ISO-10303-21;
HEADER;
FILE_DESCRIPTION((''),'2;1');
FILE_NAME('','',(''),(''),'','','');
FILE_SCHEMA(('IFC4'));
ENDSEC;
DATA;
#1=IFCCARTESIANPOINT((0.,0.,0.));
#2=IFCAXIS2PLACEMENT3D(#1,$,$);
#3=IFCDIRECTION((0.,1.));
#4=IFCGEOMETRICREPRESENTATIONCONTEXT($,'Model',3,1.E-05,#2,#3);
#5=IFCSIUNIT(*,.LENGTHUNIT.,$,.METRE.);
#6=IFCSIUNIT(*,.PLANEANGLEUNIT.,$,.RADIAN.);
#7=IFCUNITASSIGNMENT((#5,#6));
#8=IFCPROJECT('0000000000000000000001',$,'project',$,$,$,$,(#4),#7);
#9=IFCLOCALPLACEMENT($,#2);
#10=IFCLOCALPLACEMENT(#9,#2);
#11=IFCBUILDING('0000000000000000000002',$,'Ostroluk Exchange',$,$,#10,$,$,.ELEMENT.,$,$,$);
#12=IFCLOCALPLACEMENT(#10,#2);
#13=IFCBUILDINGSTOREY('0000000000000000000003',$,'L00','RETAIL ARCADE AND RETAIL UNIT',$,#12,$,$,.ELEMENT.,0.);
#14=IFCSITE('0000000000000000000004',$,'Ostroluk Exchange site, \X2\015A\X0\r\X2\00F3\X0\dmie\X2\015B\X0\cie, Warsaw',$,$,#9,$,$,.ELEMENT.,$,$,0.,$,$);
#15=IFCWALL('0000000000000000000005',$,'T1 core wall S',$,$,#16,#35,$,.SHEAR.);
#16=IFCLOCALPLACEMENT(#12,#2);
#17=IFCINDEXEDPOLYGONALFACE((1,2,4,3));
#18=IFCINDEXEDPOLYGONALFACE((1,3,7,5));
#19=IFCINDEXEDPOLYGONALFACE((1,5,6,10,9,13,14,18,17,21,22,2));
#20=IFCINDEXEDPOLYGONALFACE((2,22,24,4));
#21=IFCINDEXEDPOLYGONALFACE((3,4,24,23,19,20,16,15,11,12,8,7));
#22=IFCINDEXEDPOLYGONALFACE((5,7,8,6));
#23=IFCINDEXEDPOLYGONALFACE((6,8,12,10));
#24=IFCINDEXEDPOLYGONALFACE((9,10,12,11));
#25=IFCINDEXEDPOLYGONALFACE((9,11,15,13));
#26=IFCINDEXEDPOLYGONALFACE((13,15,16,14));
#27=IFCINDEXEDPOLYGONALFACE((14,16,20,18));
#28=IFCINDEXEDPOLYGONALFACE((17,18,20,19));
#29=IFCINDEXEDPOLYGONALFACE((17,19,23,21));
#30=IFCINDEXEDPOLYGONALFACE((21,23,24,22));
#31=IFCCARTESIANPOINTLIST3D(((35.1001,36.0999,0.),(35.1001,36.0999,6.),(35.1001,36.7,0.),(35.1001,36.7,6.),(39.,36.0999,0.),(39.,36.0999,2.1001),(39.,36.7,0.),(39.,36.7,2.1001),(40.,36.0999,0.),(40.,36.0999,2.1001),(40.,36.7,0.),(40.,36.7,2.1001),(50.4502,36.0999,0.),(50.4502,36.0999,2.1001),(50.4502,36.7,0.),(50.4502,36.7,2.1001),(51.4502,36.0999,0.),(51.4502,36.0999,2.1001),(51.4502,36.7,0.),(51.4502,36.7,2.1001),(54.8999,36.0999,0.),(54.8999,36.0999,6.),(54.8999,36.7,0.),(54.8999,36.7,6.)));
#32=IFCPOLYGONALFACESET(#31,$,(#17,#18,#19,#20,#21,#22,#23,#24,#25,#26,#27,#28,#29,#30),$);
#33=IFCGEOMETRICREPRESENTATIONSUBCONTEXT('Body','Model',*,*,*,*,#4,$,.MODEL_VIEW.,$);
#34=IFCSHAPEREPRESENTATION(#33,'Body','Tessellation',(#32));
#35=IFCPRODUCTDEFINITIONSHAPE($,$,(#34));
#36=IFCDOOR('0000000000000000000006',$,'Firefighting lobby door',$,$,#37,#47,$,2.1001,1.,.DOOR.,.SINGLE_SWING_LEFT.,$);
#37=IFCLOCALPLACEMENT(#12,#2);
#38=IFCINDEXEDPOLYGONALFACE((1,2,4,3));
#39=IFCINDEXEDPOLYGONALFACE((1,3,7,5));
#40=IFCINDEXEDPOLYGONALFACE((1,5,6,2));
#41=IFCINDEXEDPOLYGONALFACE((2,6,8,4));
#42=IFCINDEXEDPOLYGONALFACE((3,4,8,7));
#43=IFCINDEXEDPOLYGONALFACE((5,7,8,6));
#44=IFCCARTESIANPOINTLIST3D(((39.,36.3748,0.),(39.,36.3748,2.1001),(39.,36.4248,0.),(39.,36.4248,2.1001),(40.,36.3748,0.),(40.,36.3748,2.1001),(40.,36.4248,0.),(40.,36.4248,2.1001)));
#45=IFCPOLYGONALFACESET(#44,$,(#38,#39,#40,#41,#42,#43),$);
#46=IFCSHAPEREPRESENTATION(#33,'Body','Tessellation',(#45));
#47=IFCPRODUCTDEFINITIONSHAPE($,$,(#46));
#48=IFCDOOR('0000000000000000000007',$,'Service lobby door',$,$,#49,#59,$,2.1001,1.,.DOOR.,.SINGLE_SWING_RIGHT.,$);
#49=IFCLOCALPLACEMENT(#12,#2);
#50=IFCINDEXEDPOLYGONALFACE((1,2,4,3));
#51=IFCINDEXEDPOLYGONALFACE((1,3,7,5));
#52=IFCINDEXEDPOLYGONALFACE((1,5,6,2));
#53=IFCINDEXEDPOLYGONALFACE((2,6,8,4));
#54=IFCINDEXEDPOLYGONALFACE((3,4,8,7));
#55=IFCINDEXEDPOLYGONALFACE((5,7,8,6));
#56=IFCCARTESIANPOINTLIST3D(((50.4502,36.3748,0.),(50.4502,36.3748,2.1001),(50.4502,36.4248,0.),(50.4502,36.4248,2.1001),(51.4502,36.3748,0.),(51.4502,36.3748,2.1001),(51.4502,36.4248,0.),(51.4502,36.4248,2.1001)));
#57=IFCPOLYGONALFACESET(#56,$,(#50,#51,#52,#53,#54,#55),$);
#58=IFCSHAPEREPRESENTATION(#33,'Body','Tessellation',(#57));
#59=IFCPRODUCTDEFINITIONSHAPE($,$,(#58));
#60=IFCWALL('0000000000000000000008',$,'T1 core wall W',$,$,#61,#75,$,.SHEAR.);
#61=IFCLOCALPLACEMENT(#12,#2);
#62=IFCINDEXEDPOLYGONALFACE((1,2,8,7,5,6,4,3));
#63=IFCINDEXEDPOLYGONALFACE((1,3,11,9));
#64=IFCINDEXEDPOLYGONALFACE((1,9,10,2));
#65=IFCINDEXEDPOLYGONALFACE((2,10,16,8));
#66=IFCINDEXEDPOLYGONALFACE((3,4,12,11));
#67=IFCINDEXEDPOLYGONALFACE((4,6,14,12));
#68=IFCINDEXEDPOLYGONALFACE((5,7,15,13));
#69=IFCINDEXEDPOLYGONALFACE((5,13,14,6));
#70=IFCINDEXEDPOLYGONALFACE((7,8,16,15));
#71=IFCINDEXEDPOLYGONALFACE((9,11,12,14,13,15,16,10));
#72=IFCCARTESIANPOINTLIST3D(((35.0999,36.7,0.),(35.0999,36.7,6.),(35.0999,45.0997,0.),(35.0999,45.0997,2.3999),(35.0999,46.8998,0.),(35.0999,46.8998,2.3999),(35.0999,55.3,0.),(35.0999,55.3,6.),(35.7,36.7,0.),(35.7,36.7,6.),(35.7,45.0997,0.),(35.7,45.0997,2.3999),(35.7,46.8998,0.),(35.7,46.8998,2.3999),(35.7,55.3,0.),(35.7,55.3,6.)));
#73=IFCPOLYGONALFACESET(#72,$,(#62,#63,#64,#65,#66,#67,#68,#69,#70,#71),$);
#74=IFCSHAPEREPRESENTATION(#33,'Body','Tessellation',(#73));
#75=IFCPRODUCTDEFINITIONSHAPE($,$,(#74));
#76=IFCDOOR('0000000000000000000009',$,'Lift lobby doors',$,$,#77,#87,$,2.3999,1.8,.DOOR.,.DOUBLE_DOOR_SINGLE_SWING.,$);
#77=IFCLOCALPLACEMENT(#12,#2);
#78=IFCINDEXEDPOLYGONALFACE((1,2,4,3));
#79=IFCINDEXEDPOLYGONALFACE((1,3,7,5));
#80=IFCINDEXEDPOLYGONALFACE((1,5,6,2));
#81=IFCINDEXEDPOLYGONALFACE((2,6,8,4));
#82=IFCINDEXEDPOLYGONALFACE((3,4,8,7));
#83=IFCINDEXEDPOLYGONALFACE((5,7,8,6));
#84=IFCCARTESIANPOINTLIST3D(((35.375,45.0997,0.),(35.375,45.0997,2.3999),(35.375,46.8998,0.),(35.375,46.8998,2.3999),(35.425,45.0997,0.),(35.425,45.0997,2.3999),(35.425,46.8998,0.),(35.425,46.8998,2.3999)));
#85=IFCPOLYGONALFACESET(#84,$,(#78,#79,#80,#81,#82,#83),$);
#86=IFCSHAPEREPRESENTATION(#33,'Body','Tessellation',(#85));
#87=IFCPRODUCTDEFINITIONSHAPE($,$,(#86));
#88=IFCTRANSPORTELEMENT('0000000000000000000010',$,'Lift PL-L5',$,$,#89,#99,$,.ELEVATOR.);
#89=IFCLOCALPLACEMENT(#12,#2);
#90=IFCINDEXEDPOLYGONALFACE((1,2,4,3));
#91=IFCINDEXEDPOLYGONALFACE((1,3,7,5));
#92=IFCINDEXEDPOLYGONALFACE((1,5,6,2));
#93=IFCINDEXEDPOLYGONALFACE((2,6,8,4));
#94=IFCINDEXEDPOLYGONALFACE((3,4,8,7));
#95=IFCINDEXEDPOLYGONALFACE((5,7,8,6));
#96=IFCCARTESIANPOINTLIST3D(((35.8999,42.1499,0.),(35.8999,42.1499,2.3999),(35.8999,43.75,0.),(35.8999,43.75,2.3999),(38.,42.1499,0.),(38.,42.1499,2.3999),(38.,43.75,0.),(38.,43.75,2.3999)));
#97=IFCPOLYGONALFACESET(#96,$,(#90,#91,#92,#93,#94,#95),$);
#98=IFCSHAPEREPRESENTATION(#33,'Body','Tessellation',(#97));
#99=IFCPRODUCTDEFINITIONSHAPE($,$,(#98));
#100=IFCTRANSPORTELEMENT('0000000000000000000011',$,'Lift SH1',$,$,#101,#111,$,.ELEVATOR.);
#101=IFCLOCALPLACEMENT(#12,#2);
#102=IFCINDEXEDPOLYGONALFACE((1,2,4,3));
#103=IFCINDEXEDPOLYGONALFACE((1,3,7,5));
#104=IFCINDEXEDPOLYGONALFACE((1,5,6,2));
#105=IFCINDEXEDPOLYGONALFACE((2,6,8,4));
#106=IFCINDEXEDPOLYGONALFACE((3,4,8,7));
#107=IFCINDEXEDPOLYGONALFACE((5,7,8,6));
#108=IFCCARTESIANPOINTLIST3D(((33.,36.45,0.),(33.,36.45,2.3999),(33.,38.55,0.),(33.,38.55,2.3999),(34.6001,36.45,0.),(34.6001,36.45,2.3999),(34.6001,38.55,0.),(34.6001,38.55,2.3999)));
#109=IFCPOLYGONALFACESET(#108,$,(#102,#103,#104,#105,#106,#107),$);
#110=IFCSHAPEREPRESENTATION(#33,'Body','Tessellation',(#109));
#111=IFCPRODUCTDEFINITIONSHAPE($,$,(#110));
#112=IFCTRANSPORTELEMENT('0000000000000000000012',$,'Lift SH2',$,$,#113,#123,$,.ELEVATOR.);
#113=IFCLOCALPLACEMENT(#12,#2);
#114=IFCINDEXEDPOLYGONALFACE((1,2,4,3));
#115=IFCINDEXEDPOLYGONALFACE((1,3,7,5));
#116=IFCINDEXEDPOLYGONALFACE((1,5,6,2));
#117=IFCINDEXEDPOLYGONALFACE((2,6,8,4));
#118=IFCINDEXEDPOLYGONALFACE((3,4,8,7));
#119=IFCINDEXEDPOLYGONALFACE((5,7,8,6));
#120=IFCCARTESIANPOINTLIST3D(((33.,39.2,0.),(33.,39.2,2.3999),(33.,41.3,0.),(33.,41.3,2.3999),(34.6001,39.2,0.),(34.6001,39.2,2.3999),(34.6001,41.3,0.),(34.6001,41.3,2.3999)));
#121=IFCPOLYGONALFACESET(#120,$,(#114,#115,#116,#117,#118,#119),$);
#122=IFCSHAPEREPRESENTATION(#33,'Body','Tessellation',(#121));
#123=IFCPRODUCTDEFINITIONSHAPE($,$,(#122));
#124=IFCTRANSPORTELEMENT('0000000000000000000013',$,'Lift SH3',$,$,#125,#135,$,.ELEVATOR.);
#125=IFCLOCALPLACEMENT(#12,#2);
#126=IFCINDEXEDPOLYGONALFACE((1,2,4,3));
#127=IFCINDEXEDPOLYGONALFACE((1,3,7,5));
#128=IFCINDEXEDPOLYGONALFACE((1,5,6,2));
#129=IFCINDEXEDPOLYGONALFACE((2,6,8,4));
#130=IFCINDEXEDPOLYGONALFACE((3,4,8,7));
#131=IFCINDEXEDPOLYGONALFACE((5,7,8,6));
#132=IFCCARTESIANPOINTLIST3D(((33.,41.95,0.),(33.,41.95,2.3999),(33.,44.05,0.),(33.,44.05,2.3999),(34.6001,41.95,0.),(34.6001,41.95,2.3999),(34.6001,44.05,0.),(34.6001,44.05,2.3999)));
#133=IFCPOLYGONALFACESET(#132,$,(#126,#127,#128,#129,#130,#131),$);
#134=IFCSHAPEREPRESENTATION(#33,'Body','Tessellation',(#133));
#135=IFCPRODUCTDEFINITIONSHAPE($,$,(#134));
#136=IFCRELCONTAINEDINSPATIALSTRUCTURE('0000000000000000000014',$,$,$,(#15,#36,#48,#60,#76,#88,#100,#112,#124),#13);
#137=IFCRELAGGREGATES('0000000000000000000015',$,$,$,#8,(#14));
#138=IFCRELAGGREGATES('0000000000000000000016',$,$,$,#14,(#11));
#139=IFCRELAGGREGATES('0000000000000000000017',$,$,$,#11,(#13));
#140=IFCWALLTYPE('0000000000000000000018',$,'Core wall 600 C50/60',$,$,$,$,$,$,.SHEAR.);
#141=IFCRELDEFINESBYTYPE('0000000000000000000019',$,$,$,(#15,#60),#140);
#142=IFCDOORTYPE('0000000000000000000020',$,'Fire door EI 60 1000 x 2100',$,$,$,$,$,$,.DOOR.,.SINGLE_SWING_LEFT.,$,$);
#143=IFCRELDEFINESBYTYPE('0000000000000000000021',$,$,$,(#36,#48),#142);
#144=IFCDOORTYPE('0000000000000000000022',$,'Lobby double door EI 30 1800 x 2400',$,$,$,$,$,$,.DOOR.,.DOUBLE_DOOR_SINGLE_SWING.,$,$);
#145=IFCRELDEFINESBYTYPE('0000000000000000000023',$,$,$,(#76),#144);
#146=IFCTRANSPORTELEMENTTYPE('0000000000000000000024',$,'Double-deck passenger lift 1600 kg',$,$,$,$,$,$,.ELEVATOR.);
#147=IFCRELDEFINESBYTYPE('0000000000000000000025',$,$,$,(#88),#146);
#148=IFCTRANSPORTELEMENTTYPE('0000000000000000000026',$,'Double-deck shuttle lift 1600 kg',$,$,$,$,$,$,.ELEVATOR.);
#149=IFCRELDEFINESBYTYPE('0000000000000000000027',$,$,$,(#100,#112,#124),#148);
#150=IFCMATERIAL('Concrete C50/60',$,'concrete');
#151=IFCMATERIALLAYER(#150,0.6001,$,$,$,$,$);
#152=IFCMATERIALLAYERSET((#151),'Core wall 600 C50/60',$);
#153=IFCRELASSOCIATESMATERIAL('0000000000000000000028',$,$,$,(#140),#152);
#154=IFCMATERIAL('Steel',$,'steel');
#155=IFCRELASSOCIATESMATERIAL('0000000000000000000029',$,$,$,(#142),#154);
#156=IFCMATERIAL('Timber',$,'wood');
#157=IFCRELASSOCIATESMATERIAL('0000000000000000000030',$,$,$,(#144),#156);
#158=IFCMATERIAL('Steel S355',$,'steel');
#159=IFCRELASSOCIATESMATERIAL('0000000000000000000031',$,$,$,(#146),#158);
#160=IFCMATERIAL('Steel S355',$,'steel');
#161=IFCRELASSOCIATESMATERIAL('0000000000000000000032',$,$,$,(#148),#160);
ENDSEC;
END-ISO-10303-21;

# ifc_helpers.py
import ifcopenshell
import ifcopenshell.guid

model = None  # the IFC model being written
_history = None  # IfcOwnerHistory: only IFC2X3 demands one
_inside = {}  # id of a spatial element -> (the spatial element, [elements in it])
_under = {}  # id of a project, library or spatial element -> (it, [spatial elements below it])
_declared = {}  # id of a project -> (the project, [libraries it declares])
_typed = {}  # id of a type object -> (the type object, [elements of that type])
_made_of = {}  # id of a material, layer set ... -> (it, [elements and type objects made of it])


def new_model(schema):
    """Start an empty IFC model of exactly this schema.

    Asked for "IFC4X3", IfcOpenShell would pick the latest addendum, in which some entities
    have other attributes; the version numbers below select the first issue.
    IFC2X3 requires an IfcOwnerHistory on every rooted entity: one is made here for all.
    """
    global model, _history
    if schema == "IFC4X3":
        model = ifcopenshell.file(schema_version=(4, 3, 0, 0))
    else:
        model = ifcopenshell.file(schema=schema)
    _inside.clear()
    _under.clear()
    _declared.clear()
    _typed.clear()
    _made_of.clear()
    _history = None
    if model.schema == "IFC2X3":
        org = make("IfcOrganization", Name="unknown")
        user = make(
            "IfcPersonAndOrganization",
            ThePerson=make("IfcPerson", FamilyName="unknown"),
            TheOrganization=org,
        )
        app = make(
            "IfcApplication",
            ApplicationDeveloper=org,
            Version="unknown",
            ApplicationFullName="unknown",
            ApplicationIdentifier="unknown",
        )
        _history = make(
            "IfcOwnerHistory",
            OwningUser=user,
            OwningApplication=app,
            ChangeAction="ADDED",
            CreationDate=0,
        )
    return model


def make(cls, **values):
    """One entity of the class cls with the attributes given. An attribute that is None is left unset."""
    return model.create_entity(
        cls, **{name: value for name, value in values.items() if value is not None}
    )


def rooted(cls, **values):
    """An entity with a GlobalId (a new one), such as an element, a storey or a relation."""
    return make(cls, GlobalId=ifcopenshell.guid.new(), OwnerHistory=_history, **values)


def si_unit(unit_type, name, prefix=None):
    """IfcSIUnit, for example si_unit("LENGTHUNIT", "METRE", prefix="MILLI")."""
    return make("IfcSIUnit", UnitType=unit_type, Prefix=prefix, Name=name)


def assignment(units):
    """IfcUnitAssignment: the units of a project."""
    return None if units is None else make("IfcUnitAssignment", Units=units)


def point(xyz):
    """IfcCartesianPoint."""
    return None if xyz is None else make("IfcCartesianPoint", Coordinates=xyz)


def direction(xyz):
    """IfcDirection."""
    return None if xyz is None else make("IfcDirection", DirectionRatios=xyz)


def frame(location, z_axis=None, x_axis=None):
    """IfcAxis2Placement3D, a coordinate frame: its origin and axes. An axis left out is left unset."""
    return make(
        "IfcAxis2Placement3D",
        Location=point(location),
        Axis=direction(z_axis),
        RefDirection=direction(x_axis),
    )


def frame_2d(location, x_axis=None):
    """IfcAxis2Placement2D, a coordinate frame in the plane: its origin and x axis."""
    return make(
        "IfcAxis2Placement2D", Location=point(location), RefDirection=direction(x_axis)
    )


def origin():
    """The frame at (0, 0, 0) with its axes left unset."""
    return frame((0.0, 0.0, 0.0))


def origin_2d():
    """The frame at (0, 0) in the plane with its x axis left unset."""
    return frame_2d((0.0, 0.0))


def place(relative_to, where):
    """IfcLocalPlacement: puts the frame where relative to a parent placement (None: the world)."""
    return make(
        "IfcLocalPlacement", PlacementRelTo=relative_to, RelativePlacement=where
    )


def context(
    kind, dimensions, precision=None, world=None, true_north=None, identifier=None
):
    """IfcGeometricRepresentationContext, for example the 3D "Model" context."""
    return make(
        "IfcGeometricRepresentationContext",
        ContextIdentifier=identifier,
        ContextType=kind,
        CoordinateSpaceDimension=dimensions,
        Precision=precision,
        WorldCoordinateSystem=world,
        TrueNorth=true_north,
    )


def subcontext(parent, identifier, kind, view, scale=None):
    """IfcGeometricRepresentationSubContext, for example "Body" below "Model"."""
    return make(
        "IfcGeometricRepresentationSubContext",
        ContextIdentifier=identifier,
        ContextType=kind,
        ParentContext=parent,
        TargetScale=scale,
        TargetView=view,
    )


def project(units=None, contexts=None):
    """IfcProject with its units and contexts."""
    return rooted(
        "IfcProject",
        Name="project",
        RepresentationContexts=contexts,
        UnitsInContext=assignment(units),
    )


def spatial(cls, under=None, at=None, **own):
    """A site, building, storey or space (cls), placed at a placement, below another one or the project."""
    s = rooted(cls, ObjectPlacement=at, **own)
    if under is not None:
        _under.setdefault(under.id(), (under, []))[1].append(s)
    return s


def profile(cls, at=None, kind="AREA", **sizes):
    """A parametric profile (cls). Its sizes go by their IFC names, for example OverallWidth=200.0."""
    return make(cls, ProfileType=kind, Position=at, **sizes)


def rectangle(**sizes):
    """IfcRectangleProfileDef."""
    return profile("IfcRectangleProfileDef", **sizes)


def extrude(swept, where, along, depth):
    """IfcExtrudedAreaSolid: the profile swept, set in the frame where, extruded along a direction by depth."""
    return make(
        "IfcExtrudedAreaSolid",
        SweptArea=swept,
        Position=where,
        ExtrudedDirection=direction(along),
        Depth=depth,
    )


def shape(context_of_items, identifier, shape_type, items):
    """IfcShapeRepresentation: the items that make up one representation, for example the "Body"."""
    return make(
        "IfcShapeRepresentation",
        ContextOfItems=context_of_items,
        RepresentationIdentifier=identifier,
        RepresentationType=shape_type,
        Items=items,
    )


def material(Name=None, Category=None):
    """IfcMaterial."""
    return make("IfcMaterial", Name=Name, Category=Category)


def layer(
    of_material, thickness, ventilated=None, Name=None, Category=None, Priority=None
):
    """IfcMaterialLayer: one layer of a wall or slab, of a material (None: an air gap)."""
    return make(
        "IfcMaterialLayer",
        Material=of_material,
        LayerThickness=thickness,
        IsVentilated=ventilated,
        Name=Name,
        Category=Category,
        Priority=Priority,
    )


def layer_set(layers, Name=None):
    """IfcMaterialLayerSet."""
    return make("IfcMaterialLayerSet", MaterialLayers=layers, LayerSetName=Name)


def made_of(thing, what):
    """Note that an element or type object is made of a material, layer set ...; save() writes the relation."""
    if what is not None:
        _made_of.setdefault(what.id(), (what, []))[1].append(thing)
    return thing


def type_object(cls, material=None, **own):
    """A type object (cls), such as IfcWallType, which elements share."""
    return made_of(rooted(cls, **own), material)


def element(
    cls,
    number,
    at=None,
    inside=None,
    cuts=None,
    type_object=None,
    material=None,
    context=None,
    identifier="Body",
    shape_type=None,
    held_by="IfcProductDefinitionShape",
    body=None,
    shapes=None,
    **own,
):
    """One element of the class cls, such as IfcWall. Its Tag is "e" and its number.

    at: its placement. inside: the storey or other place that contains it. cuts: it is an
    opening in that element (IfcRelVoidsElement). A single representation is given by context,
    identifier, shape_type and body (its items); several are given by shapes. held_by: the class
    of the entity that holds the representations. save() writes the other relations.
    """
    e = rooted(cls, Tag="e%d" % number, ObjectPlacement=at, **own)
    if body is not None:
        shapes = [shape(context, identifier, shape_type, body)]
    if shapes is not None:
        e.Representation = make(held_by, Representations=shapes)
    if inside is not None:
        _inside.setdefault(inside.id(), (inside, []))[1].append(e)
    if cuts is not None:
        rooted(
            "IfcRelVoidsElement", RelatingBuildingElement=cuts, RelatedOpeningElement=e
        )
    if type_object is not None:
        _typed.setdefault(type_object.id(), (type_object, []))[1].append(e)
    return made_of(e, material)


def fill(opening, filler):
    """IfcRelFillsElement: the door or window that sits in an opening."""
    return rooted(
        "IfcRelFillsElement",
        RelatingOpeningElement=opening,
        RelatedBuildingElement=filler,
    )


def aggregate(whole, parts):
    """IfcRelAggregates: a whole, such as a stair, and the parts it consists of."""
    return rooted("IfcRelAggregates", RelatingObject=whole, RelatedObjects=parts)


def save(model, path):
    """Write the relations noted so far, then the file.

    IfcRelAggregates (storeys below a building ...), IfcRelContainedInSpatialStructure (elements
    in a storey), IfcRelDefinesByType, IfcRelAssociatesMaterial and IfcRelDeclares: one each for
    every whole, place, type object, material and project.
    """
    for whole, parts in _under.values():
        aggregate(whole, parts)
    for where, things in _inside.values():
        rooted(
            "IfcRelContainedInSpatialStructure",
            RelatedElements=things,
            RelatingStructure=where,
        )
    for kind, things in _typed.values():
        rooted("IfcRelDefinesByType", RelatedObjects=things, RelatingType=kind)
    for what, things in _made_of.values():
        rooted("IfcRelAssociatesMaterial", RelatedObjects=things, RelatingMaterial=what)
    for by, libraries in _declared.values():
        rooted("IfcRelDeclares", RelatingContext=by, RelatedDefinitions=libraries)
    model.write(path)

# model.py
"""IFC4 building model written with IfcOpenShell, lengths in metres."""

from ifc_helpers import new_model, si_unit, direction, frame, frame_2d, origin, origin_2d, place, context, subcontext, project, spatial, rectangle, extrude, material, layer, layer_set, type_object, element, fill, save


model = new_model("IFC4")

# Units and contexts
model_context = context("Model", 3, precision=1e-05, world=origin(), true_north=direction((0.0, 1.0)))
body_context = subcontext(model_context, "Body", "Model", "MODEL_VIEW")
ifc_project = project(units=[si_unit("LENGTHUNIT", "METRE"), si_unit("PLANEANGLEUNIT", "RADIAN")], contexts=[model_context])

# Site, building, storey
site_placement = place(None, origin())
site = spatial("IfcSite", under=ifc_project, at=site_placement, Name="Ostroluk Exchange site, Śródmieście, Warsaw", CompositionType="ELEMENT", RefElevation=0.0)
building_placement = place(site_placement, origin())
building = spatial("IfcBuilding", under=site, at=building_placement, Name="Ostroluk Exchange", CompositionType="ELEMENT")
storey_placement = place(building_placement, origin())
storey = spatial("IfcBuildingStorey", under=building, at=storey_placement, Name="L00", Description="RETAIL ARCADE AND RETAIL UNIT", CompositionType="ELEMENT", Elevation=0.0)

# Wall, openings, doors
ifc_material_1 = material(Name="Concrete C50/60", Category="concrete")
ifc_layer_1 = layer(ifc_material_1, 0.6001)
ifc_layer_set_1 = layer_set([ifc_layer_1], Name="Core wall 600 C50/60")
wall_type_1 = type_object("IfcWallType", Name="Core wall 600 C50/60", PredefinedType="SHEAR", material=ifc_layer_set_1)
wall_1_placement = place(storey_placement, frame((35.1001, 36.3999, 0.0), z_axis=(0.0, 0.0, 1.0), x_axis=(1.0, 0.0, 0.0)))
wall_1 = element("IfcWall", 1, at=wall_1_placement, inside=storey, type_object=wall_type_1, Name="T1 core wall S", PredefinedType="SHEAR", context=body_context, shape_type="SweptSolid", body=[
    extrude(rectangle(XDim=19.7998, YDim=0.6001, at=frame_2d((9.8999, 0.0))), origin(), (0.0, 0.0, 1.0), 6.0),
])
opening_1_placement = place(wall_1_placement, frame((3.8999, 0.0, 0.0)))
opening_1 = element("IfcOpeningElement", 2, at=opening_1_placement, cuts=wall_1, PredefinedType="OPENING", context=body_context, shape_type="SweptSolid", body=[
    extrude(rectangle(XDim=1.0, YDim=2.1001, at=frame_2d((0.5, 1.05))), frame((0.0, 0.3101, 0.0), z_axis=(0.0, -1.0, 0.0), x_axis=(1.0, 0.0, 0.0)), (0.0, 0.0, 1.0), 0.6201),
])
opening_2_placement = place(wall_1_placement, frame((15.3501, 0.0, 0.0)))
opening_2 = element("IfcOpeningElement", 3, at=opening_2_placement, cuts=wall_1, PredefinedType="OPENING", context=body_context, shape_type="SweptSolid", body=[
    extrude(rectangle(XDim=1.0, YDim=2.1001, at=frame_2d((0.5, 1.05))), frame((0.0, 0.3101, 0.0), z_axis=(0.0, -1.0, 0.0), x_axis=(1.0, 0.0, 0.0)), (0.0, 0.0, 1.0), 0.6201),
])
ifc_material_2 = material(Name="Steel", Category="steel")
door_type_1 = type_object("IfcDoorType", Name="Fire door EI 60 1000 x 2100", OperationType="SINGLE_SWING_LEFT", PredefinedType="DOOR", material=ifc_material_2)
door_1_placement = place(opening_1_placement, origin())
door_1 = element("IfcDoor", 4, at=door_1_placement, inside=storey, type_object=door_type_1, Name="Firefighting lobby door", OperationType="SINGLE_SWING_LEFT", OverallHeight=2.1001, OverallWidth=1.0, PredefinedType="DOOR", context=body_context, shape_type="SweptSolid", body=[
    extrude(rectangle(XDim=1.0, YDim=2.1001, at=frame_2d((0.5, 1.05))), frame((0.0, 0.0249, 0.0), z_axis=(0.0, -1.0, 0.0), x_axis=(1.0, 0.0, 0.0)), (0.0, 0.0, 1.0), 0.05),
])
fill(opening_1, door_1)
door_2_placement = place(opening_2_placement, origin())
door_2 = element("IfcDoor", 5, at=door_2_placement, inside=storey, type_object=door_type_1, Name="Service lobby door", OperationType="SINGLE_SWING_RIGHT", OverallHeight=2.1001, OverallWidth=1.0, PredefinedType="DOOR", context=body_context, shape_type="SweptSolid", body=[
    extrude(rectangle(XDim=1.0, YDim=2.1001, at=frame_2d((0.5, 1.05))), frame((0.0, 0.0249, 0.0), z_axis=(0.0, -1.0, 0.0), x_axis=(1.0, 0.0, 0.0)), (0.0, 0.0, 1.0), 0.05),
])
fill(opening_2, door_2)

# Wall, opening, door
wall_2_placement = place(storey_placement, frame((35.3999, 36.7, 0.0), z_axis=(0.0, 0.0, 1.0), x_axis=(0.0, 1.0, 0.0)))
wall_2 = element("IfcWall", 6, at=wall_2_placement, inside=storey, type_object=wall_type_1, Name="T1 core wall W", PredefinedType="SHEAR", context=body_context, shape_type="SweptSolid", body=[
    extrude(rectangle(XDim=18.6001, YDim=0.6001, at=frame_2d((9.3, 0.0))), origin(), (0.0, 0.0, 1.0), 6.0),
])
opening_3_placement = place(wall_2_placement, frame((8.3999, 0.0, 0.0)))
opening_3 = element("IfcOpeningElement", 7, at=opening_3_placement, cuts=wall_2, PredefinedType="OPENING", context=body_context, shape_type="SweptSolid", body=[
    extrude(rectangle(XDim=1.8, YDim=2.3999, at=frame_2d((0.8999, 1.2))), frame((0.0, 0.3101, 0.0), z_axis=(0.0, -1.0, 0.0), x_axis=(1.0, 0.0, 0.0)), (0.0, 0.0, 1.0), 0.6201),
])
ifc_material_3 = material(Name="Timber", Category="wood")
door_type_2 = type_object("IfcDoorType", Name="Lobby double door EI 30 1800 x 2400", OperationType="DOUBLE_DOOR_SINGLE_SWING", PredefinedType="DOOR", material=ifc_material_3)
door_3_placement = place(opening_3_placement, origin())
door_3 = element("IfcDoor", 8, at=door_3_placement, inside=storey, type_object=door_type_2, Name="Lift lobby doors", OperationType="DOUBLE_DOOR_SINGLE_SWING", OverallHeight=2.3999, OverallWidth=1.8, PredefinedType="DOOR", context=body_context, shape_type="SweptSolid", body=[
    extrude(rectangle(XDim=1.8, YDim=2.3999, at=frame_2d((0.8999, 1.2))), frame((0.0, 0.0249, 0.0), z_axis=(0.0, -1.0, 0.0), x_axis=(1.0, 0.0, 0.0)), (0.0, 0.0, 1.0), 0.05),
])
fill(opening_3, door_3)

# Transport elements
ifc_material_4 = material(Name="Steel S355", Category="steel")
transport_element_type_1 = type_object("IfcTransportElementType", Name="Double-deck passenger lift 1600 kg", PredefinedType="ELEVATOR", material=ifc_material_4)
transport_element_placement = place(storey_placement, frame((36.95, 42.95, 0.0), z_axis=(0.0, 0.0, 1.0), x_axis=(1.0, 0.0, 0.0)))
element("IfcTransportElement", 9, at=transport_element_placement, inside=storey, type_object=transport_element_type_1, Name="Lift PL-L5", PredefinedType="ELEVATOR", context=body_context, shape_type="SweptSolid", body=[
    extrude(rectangle(XDim=2.1001, YDim=1.6001, at=origin_2d()), origin(), (0.0, 0.0, 1.0), 2.3999),
])
ifc_material_5 = material(Name="Steel S355", Category="steel")
transport_element_type_2 = type_object("IfcTransportElementType", Name="Double-deck shuttle lift 1600 kg", PredefinedType="ELEVATOR", material=ifc_material_5)
for number, where, z_axis, x_axis, name in (
    (10, (33.8, 37.5, 0.0), (0.0, 0.0, 1.0), (1.0, 0.0, 0.0), "Lift SH1"),
    (11, (33.8, 40.25, 0.0), (0.0, 0.0, 1.0), (1.0, 0.0, 0.0), "Lift SH2"),
    (12, (33.8, 43.0, 0.0), (0.0, 0.0, 1.0), (1.0, 0.0, 0.0), "Lift SH3"),
):
    element("IfcTransportElement", number, at=place(storey_placement, frame(where, z_axis=z_axis, x_axis=x_axis)), inside=storey, type_object=transport_element_type_2, Name=name, PredefinedType="ELEVATOR", context=body_context, shape_type="SweptSolid", body=[
        extrude(rectangle(XDim=1.6001, YDim=2.1001, at=origin_2d()), origin(), (0.0, 0.0, 1.0), 2.3999),
    ])

save(model, "model.ifc")
